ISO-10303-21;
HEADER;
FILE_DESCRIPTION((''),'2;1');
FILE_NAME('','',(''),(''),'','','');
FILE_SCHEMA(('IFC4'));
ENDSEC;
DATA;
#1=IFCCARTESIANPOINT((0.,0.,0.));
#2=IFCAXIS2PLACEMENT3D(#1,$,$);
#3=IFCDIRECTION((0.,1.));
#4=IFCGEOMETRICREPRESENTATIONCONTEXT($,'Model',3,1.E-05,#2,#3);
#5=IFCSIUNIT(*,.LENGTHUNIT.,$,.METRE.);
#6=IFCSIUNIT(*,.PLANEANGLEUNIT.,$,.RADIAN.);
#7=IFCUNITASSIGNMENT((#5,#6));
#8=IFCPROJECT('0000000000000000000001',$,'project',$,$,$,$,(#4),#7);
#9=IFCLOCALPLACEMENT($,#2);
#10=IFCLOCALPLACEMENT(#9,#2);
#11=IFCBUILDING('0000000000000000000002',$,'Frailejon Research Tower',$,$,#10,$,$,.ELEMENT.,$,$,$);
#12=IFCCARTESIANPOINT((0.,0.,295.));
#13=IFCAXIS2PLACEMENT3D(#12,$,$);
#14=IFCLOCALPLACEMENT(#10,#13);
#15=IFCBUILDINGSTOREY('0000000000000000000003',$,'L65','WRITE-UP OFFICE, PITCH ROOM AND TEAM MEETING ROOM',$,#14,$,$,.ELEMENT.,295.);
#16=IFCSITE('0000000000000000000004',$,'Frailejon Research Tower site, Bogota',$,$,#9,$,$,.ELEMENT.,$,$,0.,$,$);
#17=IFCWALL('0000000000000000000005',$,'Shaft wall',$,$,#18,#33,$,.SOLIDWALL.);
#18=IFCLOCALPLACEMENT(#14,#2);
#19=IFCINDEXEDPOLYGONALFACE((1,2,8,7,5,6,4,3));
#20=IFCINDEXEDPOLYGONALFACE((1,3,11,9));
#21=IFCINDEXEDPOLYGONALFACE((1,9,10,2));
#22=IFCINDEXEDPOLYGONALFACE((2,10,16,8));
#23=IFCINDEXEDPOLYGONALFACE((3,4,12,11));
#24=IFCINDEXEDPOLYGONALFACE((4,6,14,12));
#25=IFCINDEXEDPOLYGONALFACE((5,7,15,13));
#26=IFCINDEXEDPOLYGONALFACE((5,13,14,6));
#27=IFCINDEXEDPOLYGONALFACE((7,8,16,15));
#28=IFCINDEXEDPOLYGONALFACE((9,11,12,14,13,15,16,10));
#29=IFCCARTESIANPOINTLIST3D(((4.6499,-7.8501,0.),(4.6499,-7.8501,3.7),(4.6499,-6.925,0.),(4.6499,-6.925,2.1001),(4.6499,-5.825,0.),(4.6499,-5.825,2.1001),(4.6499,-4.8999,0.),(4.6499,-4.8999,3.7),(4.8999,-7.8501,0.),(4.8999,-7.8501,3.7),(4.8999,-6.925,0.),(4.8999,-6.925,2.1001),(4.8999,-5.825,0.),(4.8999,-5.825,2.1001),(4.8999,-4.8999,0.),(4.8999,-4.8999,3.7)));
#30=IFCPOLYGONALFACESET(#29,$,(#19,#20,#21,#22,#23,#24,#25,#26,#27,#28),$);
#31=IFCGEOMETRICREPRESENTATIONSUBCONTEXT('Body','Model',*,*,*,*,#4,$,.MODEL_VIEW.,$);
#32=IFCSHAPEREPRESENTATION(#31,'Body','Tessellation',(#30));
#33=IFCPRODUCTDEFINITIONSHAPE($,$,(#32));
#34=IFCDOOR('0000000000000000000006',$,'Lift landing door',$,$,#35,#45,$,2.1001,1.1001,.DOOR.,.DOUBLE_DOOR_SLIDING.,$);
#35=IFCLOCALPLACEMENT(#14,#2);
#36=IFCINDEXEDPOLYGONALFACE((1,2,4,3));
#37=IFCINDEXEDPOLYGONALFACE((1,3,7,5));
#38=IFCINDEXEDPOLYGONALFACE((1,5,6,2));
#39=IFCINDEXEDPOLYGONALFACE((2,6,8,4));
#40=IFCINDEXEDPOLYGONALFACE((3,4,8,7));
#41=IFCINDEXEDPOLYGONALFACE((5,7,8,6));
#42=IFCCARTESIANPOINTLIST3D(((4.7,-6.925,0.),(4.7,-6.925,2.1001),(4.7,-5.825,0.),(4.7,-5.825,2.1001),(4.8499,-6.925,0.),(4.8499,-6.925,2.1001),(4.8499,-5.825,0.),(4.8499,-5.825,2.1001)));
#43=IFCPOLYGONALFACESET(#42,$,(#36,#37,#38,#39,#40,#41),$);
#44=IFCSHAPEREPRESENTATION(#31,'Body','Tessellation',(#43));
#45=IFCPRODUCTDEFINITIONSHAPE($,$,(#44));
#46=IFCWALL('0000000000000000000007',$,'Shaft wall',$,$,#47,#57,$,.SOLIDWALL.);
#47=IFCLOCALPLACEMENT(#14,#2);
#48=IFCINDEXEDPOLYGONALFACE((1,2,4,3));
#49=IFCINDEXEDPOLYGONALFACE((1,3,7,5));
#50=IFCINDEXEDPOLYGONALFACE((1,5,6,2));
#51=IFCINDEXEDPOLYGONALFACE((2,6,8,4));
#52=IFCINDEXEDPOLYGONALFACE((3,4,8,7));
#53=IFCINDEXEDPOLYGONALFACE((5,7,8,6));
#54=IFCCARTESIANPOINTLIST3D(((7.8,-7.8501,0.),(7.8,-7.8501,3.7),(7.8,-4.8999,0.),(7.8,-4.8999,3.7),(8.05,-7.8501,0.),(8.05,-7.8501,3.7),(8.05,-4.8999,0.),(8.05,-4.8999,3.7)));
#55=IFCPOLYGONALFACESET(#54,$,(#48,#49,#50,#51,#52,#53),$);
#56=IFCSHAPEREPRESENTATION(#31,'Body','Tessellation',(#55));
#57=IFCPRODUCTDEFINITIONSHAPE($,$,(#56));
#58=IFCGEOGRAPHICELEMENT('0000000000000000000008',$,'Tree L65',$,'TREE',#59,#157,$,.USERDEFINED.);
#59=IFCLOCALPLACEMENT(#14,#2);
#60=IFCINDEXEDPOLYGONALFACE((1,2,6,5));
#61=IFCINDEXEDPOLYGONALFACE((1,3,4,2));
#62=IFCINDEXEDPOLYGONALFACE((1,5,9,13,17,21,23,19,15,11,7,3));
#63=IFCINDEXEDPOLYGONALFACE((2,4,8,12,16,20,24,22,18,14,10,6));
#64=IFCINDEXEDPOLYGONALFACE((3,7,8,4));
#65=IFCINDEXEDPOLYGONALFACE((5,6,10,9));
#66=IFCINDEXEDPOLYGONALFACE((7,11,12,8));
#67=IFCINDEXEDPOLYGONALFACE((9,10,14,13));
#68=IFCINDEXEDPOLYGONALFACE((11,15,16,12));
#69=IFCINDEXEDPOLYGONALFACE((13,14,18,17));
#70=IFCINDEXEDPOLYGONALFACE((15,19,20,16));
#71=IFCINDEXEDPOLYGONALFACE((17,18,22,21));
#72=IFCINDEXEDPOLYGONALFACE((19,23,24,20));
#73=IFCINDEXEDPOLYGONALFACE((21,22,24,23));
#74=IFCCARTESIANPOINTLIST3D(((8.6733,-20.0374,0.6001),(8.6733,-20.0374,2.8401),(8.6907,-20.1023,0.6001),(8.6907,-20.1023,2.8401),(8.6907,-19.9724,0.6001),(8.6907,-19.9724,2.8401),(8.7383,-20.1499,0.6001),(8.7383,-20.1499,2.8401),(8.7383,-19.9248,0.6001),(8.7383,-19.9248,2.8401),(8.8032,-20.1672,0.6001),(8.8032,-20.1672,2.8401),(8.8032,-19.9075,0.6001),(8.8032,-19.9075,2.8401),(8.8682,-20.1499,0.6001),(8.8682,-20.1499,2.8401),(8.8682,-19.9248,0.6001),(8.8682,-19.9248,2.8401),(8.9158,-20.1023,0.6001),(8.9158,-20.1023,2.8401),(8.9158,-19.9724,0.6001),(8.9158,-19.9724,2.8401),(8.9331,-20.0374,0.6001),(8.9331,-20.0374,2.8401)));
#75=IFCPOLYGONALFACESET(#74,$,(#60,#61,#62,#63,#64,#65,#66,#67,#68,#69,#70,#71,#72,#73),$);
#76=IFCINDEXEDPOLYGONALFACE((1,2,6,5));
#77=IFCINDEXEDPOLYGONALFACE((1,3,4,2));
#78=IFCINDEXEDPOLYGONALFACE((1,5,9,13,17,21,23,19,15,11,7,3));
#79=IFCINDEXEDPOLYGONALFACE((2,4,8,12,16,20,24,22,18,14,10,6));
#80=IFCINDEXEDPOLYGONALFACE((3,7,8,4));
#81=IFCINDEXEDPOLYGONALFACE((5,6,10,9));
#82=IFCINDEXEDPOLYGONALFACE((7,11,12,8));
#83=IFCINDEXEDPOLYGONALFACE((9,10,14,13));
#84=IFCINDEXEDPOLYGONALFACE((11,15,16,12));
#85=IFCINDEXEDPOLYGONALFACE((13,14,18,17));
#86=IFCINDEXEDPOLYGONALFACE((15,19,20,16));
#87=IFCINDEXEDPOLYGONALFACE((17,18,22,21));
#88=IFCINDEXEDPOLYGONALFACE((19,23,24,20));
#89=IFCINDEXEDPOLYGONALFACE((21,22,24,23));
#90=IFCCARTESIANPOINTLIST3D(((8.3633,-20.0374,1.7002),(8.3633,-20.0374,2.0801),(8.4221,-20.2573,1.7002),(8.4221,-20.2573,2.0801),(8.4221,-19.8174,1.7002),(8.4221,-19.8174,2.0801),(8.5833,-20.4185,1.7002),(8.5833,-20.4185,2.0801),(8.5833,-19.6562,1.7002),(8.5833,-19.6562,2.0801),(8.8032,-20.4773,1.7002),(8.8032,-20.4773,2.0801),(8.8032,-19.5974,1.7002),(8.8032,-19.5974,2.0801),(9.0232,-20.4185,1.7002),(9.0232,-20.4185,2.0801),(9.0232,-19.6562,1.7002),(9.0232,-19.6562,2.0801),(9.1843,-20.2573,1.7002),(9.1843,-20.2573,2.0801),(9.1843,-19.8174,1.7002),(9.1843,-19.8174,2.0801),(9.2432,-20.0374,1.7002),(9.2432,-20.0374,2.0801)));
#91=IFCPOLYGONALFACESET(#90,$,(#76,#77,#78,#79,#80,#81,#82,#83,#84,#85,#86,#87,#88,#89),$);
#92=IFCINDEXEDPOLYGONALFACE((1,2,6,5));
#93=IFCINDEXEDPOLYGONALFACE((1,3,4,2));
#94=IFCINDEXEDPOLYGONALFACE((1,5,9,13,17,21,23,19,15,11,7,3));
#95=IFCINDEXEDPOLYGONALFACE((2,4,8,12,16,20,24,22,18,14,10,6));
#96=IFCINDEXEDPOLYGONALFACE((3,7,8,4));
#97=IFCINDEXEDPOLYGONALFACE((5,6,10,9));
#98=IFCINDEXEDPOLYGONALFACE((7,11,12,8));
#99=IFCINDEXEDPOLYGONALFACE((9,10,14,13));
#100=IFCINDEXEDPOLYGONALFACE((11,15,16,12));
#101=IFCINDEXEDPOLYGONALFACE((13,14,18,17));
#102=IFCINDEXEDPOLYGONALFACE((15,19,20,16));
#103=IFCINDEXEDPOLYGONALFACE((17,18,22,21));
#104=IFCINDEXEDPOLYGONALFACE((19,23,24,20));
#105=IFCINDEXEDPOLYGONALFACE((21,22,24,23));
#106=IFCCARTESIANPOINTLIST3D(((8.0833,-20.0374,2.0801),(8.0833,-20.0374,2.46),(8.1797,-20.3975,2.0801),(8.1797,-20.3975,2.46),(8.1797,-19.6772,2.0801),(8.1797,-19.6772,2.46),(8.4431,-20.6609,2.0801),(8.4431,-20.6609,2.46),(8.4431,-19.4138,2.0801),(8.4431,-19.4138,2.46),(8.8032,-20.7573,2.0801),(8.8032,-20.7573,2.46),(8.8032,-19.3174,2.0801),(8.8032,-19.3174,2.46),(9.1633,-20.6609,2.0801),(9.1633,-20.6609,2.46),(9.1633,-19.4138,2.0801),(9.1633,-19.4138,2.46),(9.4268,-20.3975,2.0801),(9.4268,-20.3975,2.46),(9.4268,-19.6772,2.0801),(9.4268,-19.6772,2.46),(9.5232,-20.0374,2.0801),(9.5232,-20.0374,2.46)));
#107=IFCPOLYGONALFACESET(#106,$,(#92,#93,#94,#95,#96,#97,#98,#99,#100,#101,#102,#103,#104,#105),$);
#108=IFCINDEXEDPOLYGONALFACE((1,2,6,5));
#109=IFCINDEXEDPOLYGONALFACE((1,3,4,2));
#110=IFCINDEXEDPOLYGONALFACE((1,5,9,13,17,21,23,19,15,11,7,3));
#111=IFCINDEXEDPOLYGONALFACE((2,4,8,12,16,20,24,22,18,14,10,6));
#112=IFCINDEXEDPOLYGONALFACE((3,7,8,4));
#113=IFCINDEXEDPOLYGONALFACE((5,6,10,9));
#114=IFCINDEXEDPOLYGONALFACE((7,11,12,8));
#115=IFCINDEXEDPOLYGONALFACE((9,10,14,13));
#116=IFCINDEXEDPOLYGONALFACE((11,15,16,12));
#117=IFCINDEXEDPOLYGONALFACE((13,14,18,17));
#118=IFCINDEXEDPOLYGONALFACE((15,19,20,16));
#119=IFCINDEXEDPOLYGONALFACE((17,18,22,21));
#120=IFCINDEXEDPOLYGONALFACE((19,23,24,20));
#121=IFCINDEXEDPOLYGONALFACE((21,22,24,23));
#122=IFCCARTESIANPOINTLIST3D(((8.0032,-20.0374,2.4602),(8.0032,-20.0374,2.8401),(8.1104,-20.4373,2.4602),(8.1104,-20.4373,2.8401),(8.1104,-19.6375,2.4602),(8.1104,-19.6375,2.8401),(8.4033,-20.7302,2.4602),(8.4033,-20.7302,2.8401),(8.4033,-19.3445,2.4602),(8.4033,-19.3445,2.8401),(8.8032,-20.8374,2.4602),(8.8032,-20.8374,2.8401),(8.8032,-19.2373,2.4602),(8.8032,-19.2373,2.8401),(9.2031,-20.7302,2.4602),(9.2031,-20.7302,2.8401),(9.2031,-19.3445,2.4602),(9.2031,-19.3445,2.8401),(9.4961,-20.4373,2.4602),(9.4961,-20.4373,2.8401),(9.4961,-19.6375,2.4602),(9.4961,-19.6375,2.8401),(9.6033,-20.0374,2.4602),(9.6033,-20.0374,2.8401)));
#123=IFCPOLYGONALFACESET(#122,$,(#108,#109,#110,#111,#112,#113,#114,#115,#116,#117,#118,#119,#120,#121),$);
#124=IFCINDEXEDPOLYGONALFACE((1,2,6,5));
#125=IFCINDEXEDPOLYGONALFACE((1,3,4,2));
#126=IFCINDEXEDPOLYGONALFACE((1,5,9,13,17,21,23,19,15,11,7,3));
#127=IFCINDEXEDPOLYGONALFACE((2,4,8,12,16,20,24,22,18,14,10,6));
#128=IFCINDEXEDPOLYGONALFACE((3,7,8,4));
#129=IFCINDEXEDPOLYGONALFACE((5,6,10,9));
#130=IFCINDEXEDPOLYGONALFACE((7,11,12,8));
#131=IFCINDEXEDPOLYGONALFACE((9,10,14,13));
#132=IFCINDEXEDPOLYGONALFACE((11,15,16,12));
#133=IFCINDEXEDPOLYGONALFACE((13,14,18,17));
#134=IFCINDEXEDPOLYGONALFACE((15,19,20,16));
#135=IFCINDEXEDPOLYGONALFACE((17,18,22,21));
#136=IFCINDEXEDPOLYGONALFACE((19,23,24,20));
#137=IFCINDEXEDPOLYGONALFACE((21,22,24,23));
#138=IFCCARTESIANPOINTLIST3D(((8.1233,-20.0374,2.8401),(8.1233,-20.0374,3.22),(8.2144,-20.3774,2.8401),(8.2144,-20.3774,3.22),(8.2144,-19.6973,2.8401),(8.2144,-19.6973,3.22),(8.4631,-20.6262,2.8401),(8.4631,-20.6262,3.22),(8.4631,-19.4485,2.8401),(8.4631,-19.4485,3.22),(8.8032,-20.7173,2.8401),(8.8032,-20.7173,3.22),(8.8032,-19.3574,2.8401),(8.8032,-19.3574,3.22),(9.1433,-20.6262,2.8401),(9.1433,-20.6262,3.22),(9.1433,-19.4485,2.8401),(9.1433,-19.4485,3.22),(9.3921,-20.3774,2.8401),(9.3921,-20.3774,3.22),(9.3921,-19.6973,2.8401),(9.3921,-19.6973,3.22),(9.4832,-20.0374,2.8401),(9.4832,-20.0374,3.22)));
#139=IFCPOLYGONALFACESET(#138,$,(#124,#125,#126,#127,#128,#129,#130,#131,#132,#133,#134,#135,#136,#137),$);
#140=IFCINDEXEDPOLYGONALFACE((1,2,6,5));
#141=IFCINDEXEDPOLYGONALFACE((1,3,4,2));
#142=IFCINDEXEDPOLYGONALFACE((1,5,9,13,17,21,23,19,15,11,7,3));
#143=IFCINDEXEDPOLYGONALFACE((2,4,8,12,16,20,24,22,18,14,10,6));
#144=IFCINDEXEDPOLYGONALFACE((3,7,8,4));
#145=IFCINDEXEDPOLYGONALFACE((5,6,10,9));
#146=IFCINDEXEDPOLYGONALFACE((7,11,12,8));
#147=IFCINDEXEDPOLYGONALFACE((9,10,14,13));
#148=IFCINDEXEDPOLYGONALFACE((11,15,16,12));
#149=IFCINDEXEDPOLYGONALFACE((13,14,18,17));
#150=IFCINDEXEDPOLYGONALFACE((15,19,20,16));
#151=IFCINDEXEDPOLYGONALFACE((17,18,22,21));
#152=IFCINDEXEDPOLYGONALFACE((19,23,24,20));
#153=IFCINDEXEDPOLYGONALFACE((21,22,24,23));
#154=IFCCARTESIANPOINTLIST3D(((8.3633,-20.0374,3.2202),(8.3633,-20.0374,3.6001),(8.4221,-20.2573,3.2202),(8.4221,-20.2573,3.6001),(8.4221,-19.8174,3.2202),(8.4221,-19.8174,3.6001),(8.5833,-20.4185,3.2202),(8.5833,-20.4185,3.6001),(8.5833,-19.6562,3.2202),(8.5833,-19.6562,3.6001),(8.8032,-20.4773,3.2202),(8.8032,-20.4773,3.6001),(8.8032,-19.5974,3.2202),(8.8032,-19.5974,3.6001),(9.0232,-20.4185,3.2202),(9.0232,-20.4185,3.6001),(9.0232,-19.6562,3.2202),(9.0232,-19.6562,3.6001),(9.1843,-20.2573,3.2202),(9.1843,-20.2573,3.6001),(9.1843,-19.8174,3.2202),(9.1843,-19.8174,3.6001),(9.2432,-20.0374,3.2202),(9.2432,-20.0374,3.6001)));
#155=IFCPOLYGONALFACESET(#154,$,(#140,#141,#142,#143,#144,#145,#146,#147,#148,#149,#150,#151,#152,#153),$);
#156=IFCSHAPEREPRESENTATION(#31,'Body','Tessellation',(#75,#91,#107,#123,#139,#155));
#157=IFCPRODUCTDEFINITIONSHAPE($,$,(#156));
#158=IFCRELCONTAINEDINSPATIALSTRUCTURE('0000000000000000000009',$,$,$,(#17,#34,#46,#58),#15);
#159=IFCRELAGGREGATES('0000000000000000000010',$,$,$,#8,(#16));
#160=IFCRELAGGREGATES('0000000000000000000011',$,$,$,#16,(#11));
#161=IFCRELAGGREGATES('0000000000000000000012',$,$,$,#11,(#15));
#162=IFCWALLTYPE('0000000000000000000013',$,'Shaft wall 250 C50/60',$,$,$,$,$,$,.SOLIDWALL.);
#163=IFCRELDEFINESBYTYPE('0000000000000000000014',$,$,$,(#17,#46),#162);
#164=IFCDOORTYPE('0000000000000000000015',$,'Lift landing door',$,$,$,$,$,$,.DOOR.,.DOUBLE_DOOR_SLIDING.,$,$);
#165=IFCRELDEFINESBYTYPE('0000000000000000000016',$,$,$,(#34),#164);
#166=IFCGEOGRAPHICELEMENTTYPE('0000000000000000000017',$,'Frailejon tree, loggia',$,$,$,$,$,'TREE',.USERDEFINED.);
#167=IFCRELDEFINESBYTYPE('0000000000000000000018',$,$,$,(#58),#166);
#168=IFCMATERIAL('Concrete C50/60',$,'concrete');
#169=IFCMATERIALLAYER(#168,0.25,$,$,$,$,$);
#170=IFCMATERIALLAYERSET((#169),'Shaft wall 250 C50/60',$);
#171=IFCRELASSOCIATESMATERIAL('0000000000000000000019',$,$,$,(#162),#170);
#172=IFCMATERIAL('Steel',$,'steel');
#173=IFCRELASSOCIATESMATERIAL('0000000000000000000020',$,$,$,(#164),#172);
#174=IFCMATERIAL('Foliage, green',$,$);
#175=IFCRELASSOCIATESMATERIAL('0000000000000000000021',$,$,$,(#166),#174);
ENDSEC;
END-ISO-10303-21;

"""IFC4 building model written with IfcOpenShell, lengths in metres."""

from ifc_helpers import new_model, si_unit, direction, frame, frame_2d, origin, place, context, subcontext, project, spatial, polyline, rectangle, outline, extrude, material, layer, layer_set, type_object, element, fill, save


model = new_model("IFC4")

# Units and contexts
model_context = context("Model", 3, precision=1e-05, world=origin(), true_north=direction((0.0, 1.0)))
body_context = subcontext(model_context, "Body", "Model", "MODEL_VIEW")
ifc_project = project(units=[si_unit("LENGTHUNIT", "METRE"), si_unit("PLANEANGLEUNIT", "RADIAN")], contexts=[model_context])

# Site, building, storey
site_placement = place(None, origin())
site = spatial("IfcSite", under=ifc_project, at=site_placement, Name="Frailejon Research Tower site, Bogota", CompositionType="ELEMENT", RefElevation=0.0)
building_placement = place(site_placement, origin())
building = spatial("IfcBuilding", under=site, at=building_placement, Name="Frailejon Research Tower", CompositionType="ELEMENT")
storey_placement = place(building_placement, frame((0.0, 0.0, 295.0)))
storey = spatial("IfcBuildingStorey", under=building, at=storey_placement, Name="L65", Description="WRITE-UP OFFICE, PITCH ROOM AND TEAM MEETING ROOM", CompositionType="ELEMENT", Elevation=295.0)

# Wall, opening, door
ifc_material_1 = material(Name="Concrete C50/60", Category="concrete")
ifc_layer_1 = layer(ifc_material_1, 0.25)
ifc_layer_set_1 = layer_set([ifc_layer_1], Name="Shaft wall 250 C50/60")
wall_type_1 = type_object("IfcWallType", Name="Shaft wall 250 C50/60", PredefinedType="SOLIDWALL", material=ifc_layer_set_1)
wall_1_placement = place(storey_placement, frame((4.7749, -7.8501, 0.0), z_axis=(0.0, 0.0, 1.0), x_axis=(0.0, 1.0, 0.0)))
wall_1 = element("IfcWall", 1, at=wall_1_placement, inside=storey, type_object=wall_type_1, Name="Shaft wall", PredefinedType="SOLIDWALL", context=body_context, shape_type="SweptSolid", body=[
    extrude(rectangle(XDim=2.9502, YDim=0.25, at=frame_2d((1.4751, 0.0))), origin(), (0.0, 0.0, 1.0), 3.7),
])
opening_1_placement = place(wall_1_placement, frame((0.925, 0.0, 0.0)))
opening_1 = element("IfcOpeningElement", 2, at=opening_1_placement, cuts=wall_1, PredefinedType="OPENING", context=body_context, shape_type="SweptSolid", body=[
    extrude(rectangle(XDim=1.1001, YDim=2.1001, at=frame_2d((0.55, 1.05))), frame((0.0, 0.135, 0.0), z_axis=(0.0, -1.0, 0.0), x_axis=(1.0, 0.0, 0.0)), (0.0, 0.0, 1.0), 0.27),
])
ifc_material_2 = material(Name="Steel", Category="steel")
door_type_1 = type_object("IfcDoorType", Name="Lift landing door", OperationType="DOUBLE_DOOR_SLIDING", PredefinedType="DOOR", material=ifc_material_2)
door_1_placement = place(opening_1_placement, origin())
door_1 = element("IfcDoor", 3, at=door_1_placement, inside=storey, type_object=door_type_1, Name="Lift landing door", OperationType="DOUBLE_DOOR_SLIDING", OverallHeight=2.1001, OverallWidth=1.1001, PredefinedType="DOOR", context=body_context, shape_type="SweptSolid", body=[
    extrude(rectangle(XDim=1.1001, YDim=2.1001, at=frame_2d((0.55, 1.05))), frame((0.0, 0.075, 0.0), z_axis=(0.0, -1.0, 0.0), x_axis=(1.0, 0.0, 0.0)), (0.0, 0.0, 1.0), 0.1499),
])
fill(opening_1, door_1)

# Wall
wall_2_placement = place(storey_placement, frame((7.925, -7.8501, 0.0), z_axis=(0.0, 0.0, 1.0), x_axis=(0.0, 1.0, 0.0)))
element("IfcWall", 4, at=wall_2_placement, inside=storey, type_object=wall_type_1, Name="Shaft wall", PredefinedType="SOLIDWALL", context=body_context, shape_type="SweptSolid", body=[
    extrude(rectangle(XDim=2.9502, YDim=0.25, at=frame_2d((1.4751, 0.0))), origin(), (0.0, 0.0, 1.0), 3.7),
])

# Geographic element
ifc_material_3 = material(Name="Foliage, green")
geographic_element_type = type_object("IfcGeographicElementType", Name="Frailejon tree, loggia", ElementType="TREE", PredefinedType="USERDEFINED", material=ifc_material_3)
geographic_element_placement = place(storey_placement, frame((8.8032, -20.0374, 0.6001)))
element("IfcGeographicElement", 5, at=geographic_element_placement, inside=storey, type_object=geographic_element_type, Name="Tree L65", ObjectType="TREE", PredefinedType="USERDEFINED", context=body_context, shape_type="SweptSolid", body=[
    extrude(outline(polyline([(0.1299, 0.0), (0.1125, 0.0649), (0.0649, 0.1125), (0.0, 0.1299), (-0.0649, 0.1125), (-0.1125, 0.0649), (-0.1299, 0.0), (-0.1125, -0.0649), (-0.0649, -0.1125), (0.0, -0.1299), (0.0649, -0.1125), (0.1125, -0.0649), (0.1299, 0.0)])), origin(), (0.0, 0.0, 1.0), 2.24),
    extrude(outline(polyline([(0.4399, 0.0), (0.3811, 0.22), (0.22, 0.3811), (0.0, 0.4399), (-0.22, 0.3811), (-0.3811, 0.22), (-0.4399, 0.0), (-0.3811, -0.22), (-0.22, -0.3811), (0.0, -0.4399), (0.22, -0.3811), (0.3811, -0.22), (0.4399, 0.0)])), frame((0.0, 0.0, 1.1001)), (0.0, 0.0, 1.0), 0.3799),
    extrude(outline(polyline([(0.72, 0.0), (0.6235, 0.3601), (0.3601, 0.6235), (0.0, 0.72), (-0.3601, 0.6235), (-0.6235, 0.3601), (-0.72, 0.0), (-0.6235, -0.3601), (-0.3601, -0.6235), (0.0, -0.72), (0.3601, -0.6235), (0.6235, -0.3601), (0.72, 0.0)])), frame((0.0, 0.0, 1.48)), (0.0, 0.0, 1.0), 0.3799),
    extrude(outline(polyline([(0.8, 0.0), (0.6929, 0.3999), (0.3999, 0.6929), (0.0, 0.8), (-0.3999, 0.6929), (-0.6929, 0.3999), (-0.8, 0.0), (-0.6929, -0.3999), (-0.3999, -0.6929), (0.0, -0.8), (0.3999, -0.6929), (0.6929, -0.3999), (0.8, 0.0)])), frame((0.0, 0.0, 1.8601)), (0.0, 0.0, 1.0), 0.3799),
    extrude(outline(polyline([(0.6799, 0.0), (0.5889, 0.3401), (0.3401, 0.5889), (0.0, 0.6799), (-0.3401, 0.5889), (-0.5889, 0.3401), (-0.6799, 0.0), (-0.5889, -0.3401), (-0.3401, -0.5889), (0.0, -0.6799), (0.3401, -0.5889), (0.5889, -0.3401), (0.6799, 0.0)])), frame((0.0, 0.0, 2.24)), (0.0, 0.0, 1.0), 0.3799),
    extrude(outline(polyline([(0.4399, 0.0), (0.3811, 0.22), (0.22, 0.3811), (0.0, 0.4399), (-0.22, 0.3811), (-0.3811, 0.22), (-0.4399, 0.0), (-0.3811, -0.22), (-0.22, -0.3811), (0.0, -0.4399), (0.22, -0.3811), (0.3811, -0.22), (0.4399, 0.0)])), frame((0.0, 0.0, 2.6201)), (0.0, 0.0, 1.0), 0.3799),
])

save(model, "model.ifc")
